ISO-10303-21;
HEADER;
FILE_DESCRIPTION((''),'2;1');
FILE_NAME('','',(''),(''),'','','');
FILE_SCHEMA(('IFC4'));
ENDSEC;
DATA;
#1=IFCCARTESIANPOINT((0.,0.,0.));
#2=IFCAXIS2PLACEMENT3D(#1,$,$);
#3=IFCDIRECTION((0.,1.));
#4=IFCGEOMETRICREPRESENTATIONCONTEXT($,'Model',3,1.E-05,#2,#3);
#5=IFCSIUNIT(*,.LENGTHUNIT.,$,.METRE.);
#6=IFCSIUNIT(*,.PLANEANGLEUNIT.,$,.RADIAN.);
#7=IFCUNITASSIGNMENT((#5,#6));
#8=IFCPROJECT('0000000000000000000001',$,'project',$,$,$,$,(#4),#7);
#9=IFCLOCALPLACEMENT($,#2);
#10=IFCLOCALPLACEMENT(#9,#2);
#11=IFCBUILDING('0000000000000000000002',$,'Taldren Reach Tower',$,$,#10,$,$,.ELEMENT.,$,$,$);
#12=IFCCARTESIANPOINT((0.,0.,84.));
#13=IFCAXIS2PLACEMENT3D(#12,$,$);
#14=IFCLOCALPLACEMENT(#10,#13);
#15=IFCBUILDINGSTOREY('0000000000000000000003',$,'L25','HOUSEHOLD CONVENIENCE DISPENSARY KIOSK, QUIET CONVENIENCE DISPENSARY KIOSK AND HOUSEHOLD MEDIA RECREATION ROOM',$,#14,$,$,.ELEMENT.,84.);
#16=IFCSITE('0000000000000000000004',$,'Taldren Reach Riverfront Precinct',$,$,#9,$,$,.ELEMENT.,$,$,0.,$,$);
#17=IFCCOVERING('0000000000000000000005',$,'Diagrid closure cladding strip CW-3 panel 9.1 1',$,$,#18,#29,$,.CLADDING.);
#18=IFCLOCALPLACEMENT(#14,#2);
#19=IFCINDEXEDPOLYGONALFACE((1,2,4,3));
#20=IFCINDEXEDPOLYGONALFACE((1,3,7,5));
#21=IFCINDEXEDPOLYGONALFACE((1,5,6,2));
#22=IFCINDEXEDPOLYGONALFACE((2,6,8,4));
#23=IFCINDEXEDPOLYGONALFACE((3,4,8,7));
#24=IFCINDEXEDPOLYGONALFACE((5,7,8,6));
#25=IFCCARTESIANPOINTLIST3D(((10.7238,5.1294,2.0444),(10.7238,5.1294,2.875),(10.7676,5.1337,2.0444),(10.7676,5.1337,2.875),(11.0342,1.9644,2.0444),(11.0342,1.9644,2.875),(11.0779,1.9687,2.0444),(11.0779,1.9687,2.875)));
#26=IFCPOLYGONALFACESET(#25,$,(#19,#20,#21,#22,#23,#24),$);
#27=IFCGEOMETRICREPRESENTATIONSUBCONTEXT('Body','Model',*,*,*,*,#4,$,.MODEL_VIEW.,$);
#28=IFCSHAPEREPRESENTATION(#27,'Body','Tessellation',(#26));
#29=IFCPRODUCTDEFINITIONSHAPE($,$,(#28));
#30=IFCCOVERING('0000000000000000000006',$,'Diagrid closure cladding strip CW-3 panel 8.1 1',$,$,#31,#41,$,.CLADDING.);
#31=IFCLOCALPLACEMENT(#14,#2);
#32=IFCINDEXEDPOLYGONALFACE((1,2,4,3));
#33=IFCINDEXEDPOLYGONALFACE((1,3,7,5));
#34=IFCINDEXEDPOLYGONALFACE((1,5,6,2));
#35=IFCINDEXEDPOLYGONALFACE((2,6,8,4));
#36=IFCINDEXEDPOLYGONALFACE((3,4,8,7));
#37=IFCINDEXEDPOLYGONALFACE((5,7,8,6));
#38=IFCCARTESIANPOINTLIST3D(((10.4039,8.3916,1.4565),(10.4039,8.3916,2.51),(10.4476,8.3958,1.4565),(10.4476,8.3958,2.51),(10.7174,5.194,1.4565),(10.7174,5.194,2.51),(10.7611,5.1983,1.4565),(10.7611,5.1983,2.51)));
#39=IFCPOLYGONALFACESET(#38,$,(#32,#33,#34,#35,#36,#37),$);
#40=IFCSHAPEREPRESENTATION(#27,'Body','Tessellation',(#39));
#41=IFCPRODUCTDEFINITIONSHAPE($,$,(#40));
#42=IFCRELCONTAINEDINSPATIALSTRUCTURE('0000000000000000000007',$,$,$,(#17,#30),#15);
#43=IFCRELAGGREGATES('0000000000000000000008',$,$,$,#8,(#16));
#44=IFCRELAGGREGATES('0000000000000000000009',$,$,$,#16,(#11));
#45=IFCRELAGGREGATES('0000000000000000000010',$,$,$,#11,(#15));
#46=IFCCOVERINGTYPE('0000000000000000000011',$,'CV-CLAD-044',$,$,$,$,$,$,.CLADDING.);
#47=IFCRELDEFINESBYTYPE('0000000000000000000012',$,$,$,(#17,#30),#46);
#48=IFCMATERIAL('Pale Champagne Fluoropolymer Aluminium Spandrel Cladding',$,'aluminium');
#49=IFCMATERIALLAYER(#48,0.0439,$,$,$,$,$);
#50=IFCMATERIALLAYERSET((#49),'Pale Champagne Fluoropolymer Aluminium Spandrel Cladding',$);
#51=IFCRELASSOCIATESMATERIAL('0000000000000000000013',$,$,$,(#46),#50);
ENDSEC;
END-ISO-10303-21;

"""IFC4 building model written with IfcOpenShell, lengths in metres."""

from ifc_helpers import new_model, si_unit, direction, frame, origin, origin_2d, place, context, subcontext, project, spatial, rectangle, extrude, source, transform, mapped, material, layer, layer_set, type_object, element, save


model = new_model("IFC4")

# Units and contexts
model_context = context("Model", 3, precision=1e-05, world=origin(), true_north=direction((0.0, 1.0)))
body_context = subcontext(model_context, "Body", "Model", "MODEL_VIEW")
ifc_project = project(units=[si_unit("LENGTHUNIT", "METRE"), si_unit("PLANEANGLEUNIT", "RADIAN")], contexts=[model_context])

# Site, building, storey
site_placement = place(None, origin())
site = spatial("IfcSite", under=ifc_project, at=site_placement, Name="Taldren Reach Riverfront Precinct", CompositionType="ELEMENT", RefElevation=0.0)
building_placement = place(site_placement, origin())
building = spatial("IfcBuilding", under=site, at=building_placement, Name="Taldren Reach Tower", CompositionType="ELEMENT")
storey_placement = place(building_placement, frame((0.0, 0.0, 84.0)))
storey = spatial("IfcBuildingStorey", under=building, at=storey_placement, Name="L25", Description="HOUSEHOLD CONVENIENCE DISPENSARY KIOSK, QUIET CONVENIENCE DISPENSARY KIOSK AND HOUSEHOLD MEDIA RECREATION ROOM", CompositionType="ELEMENT", Elevation=84.0)

# Coverings
ifc_material_1 = material(Name="Pale Champagne Fluoropolymer Aluminium Spandrel Cladding", Category="aluminium")
ifc_layer_1 = layer(ifc_material_1, 0.0439)
ifc_layer_set_1 = layer_set([ifc_layer_1], Name="Pale Champagne Fluoropolymer Aluminium Spandrel Cladding")
covering_type = type_object("IfcCoveringType", Name="CV-CLAD-044", PredefinedType="CLADDING", material=ifc_layer_set_1)
shared_shape_1 = source(origin(), body_context, "Body", "SweptSolid", [
    extrude(rectangle(XDim=3.1802, YDim=0.0439, at=origin_2d()), origin(), (0.0, 0.0, 1.0), 0.8306),
])
covering_1_placement = place(storey_placement, frame((10.9009, 3.5491, 2.0444), z_axis=(0.0, 0.0, 1.0), x_axis=(0.097583, -0.995227, 0.0)))
element("IfcCovering", 1, at=covering_1_placement, inside=storey, type_object=covering_type, Name="Diagrid closure cladding strip CW-3 panel 9.1 1", PredefinedType="CLADDING", context=body_context, shape_type="MappedRepresentation", body=[
    mapped(shared_shape_1, transform((0.0, 0.0, 0.0), scale=1.0)),
])
shared_shape_2 = source(origin(), body_context, "Body", "SweptSolid", [
    extrude(rectangle(XDim=3.2129, YDim=0.0439, at=origin_2d()), origin(), (0.0, 0.0, 1.0), 1.0535),
])
covering_2_placement = place(storey_placement, frame((10.5825, 6.7949, 1.4565), z_axis=(0.0, 0.0, 1.0), x_axis=(0.097583, -0.995227, 0.0)))
element("IfcCovering", 2, at=covering_2_placement, inside=storey, type_object=covering_type, Name="Diagrid closure cladding strip CW-3 panel 8.1 1", PredefinedType="CLADDING", context=body_context, shape_type="MappedRepresentation", body=[
    mapped(shared_shape_2, transform((0.0, 0.0, 0.0), scale=1.0)),
])

save(model, "model.ifc")
